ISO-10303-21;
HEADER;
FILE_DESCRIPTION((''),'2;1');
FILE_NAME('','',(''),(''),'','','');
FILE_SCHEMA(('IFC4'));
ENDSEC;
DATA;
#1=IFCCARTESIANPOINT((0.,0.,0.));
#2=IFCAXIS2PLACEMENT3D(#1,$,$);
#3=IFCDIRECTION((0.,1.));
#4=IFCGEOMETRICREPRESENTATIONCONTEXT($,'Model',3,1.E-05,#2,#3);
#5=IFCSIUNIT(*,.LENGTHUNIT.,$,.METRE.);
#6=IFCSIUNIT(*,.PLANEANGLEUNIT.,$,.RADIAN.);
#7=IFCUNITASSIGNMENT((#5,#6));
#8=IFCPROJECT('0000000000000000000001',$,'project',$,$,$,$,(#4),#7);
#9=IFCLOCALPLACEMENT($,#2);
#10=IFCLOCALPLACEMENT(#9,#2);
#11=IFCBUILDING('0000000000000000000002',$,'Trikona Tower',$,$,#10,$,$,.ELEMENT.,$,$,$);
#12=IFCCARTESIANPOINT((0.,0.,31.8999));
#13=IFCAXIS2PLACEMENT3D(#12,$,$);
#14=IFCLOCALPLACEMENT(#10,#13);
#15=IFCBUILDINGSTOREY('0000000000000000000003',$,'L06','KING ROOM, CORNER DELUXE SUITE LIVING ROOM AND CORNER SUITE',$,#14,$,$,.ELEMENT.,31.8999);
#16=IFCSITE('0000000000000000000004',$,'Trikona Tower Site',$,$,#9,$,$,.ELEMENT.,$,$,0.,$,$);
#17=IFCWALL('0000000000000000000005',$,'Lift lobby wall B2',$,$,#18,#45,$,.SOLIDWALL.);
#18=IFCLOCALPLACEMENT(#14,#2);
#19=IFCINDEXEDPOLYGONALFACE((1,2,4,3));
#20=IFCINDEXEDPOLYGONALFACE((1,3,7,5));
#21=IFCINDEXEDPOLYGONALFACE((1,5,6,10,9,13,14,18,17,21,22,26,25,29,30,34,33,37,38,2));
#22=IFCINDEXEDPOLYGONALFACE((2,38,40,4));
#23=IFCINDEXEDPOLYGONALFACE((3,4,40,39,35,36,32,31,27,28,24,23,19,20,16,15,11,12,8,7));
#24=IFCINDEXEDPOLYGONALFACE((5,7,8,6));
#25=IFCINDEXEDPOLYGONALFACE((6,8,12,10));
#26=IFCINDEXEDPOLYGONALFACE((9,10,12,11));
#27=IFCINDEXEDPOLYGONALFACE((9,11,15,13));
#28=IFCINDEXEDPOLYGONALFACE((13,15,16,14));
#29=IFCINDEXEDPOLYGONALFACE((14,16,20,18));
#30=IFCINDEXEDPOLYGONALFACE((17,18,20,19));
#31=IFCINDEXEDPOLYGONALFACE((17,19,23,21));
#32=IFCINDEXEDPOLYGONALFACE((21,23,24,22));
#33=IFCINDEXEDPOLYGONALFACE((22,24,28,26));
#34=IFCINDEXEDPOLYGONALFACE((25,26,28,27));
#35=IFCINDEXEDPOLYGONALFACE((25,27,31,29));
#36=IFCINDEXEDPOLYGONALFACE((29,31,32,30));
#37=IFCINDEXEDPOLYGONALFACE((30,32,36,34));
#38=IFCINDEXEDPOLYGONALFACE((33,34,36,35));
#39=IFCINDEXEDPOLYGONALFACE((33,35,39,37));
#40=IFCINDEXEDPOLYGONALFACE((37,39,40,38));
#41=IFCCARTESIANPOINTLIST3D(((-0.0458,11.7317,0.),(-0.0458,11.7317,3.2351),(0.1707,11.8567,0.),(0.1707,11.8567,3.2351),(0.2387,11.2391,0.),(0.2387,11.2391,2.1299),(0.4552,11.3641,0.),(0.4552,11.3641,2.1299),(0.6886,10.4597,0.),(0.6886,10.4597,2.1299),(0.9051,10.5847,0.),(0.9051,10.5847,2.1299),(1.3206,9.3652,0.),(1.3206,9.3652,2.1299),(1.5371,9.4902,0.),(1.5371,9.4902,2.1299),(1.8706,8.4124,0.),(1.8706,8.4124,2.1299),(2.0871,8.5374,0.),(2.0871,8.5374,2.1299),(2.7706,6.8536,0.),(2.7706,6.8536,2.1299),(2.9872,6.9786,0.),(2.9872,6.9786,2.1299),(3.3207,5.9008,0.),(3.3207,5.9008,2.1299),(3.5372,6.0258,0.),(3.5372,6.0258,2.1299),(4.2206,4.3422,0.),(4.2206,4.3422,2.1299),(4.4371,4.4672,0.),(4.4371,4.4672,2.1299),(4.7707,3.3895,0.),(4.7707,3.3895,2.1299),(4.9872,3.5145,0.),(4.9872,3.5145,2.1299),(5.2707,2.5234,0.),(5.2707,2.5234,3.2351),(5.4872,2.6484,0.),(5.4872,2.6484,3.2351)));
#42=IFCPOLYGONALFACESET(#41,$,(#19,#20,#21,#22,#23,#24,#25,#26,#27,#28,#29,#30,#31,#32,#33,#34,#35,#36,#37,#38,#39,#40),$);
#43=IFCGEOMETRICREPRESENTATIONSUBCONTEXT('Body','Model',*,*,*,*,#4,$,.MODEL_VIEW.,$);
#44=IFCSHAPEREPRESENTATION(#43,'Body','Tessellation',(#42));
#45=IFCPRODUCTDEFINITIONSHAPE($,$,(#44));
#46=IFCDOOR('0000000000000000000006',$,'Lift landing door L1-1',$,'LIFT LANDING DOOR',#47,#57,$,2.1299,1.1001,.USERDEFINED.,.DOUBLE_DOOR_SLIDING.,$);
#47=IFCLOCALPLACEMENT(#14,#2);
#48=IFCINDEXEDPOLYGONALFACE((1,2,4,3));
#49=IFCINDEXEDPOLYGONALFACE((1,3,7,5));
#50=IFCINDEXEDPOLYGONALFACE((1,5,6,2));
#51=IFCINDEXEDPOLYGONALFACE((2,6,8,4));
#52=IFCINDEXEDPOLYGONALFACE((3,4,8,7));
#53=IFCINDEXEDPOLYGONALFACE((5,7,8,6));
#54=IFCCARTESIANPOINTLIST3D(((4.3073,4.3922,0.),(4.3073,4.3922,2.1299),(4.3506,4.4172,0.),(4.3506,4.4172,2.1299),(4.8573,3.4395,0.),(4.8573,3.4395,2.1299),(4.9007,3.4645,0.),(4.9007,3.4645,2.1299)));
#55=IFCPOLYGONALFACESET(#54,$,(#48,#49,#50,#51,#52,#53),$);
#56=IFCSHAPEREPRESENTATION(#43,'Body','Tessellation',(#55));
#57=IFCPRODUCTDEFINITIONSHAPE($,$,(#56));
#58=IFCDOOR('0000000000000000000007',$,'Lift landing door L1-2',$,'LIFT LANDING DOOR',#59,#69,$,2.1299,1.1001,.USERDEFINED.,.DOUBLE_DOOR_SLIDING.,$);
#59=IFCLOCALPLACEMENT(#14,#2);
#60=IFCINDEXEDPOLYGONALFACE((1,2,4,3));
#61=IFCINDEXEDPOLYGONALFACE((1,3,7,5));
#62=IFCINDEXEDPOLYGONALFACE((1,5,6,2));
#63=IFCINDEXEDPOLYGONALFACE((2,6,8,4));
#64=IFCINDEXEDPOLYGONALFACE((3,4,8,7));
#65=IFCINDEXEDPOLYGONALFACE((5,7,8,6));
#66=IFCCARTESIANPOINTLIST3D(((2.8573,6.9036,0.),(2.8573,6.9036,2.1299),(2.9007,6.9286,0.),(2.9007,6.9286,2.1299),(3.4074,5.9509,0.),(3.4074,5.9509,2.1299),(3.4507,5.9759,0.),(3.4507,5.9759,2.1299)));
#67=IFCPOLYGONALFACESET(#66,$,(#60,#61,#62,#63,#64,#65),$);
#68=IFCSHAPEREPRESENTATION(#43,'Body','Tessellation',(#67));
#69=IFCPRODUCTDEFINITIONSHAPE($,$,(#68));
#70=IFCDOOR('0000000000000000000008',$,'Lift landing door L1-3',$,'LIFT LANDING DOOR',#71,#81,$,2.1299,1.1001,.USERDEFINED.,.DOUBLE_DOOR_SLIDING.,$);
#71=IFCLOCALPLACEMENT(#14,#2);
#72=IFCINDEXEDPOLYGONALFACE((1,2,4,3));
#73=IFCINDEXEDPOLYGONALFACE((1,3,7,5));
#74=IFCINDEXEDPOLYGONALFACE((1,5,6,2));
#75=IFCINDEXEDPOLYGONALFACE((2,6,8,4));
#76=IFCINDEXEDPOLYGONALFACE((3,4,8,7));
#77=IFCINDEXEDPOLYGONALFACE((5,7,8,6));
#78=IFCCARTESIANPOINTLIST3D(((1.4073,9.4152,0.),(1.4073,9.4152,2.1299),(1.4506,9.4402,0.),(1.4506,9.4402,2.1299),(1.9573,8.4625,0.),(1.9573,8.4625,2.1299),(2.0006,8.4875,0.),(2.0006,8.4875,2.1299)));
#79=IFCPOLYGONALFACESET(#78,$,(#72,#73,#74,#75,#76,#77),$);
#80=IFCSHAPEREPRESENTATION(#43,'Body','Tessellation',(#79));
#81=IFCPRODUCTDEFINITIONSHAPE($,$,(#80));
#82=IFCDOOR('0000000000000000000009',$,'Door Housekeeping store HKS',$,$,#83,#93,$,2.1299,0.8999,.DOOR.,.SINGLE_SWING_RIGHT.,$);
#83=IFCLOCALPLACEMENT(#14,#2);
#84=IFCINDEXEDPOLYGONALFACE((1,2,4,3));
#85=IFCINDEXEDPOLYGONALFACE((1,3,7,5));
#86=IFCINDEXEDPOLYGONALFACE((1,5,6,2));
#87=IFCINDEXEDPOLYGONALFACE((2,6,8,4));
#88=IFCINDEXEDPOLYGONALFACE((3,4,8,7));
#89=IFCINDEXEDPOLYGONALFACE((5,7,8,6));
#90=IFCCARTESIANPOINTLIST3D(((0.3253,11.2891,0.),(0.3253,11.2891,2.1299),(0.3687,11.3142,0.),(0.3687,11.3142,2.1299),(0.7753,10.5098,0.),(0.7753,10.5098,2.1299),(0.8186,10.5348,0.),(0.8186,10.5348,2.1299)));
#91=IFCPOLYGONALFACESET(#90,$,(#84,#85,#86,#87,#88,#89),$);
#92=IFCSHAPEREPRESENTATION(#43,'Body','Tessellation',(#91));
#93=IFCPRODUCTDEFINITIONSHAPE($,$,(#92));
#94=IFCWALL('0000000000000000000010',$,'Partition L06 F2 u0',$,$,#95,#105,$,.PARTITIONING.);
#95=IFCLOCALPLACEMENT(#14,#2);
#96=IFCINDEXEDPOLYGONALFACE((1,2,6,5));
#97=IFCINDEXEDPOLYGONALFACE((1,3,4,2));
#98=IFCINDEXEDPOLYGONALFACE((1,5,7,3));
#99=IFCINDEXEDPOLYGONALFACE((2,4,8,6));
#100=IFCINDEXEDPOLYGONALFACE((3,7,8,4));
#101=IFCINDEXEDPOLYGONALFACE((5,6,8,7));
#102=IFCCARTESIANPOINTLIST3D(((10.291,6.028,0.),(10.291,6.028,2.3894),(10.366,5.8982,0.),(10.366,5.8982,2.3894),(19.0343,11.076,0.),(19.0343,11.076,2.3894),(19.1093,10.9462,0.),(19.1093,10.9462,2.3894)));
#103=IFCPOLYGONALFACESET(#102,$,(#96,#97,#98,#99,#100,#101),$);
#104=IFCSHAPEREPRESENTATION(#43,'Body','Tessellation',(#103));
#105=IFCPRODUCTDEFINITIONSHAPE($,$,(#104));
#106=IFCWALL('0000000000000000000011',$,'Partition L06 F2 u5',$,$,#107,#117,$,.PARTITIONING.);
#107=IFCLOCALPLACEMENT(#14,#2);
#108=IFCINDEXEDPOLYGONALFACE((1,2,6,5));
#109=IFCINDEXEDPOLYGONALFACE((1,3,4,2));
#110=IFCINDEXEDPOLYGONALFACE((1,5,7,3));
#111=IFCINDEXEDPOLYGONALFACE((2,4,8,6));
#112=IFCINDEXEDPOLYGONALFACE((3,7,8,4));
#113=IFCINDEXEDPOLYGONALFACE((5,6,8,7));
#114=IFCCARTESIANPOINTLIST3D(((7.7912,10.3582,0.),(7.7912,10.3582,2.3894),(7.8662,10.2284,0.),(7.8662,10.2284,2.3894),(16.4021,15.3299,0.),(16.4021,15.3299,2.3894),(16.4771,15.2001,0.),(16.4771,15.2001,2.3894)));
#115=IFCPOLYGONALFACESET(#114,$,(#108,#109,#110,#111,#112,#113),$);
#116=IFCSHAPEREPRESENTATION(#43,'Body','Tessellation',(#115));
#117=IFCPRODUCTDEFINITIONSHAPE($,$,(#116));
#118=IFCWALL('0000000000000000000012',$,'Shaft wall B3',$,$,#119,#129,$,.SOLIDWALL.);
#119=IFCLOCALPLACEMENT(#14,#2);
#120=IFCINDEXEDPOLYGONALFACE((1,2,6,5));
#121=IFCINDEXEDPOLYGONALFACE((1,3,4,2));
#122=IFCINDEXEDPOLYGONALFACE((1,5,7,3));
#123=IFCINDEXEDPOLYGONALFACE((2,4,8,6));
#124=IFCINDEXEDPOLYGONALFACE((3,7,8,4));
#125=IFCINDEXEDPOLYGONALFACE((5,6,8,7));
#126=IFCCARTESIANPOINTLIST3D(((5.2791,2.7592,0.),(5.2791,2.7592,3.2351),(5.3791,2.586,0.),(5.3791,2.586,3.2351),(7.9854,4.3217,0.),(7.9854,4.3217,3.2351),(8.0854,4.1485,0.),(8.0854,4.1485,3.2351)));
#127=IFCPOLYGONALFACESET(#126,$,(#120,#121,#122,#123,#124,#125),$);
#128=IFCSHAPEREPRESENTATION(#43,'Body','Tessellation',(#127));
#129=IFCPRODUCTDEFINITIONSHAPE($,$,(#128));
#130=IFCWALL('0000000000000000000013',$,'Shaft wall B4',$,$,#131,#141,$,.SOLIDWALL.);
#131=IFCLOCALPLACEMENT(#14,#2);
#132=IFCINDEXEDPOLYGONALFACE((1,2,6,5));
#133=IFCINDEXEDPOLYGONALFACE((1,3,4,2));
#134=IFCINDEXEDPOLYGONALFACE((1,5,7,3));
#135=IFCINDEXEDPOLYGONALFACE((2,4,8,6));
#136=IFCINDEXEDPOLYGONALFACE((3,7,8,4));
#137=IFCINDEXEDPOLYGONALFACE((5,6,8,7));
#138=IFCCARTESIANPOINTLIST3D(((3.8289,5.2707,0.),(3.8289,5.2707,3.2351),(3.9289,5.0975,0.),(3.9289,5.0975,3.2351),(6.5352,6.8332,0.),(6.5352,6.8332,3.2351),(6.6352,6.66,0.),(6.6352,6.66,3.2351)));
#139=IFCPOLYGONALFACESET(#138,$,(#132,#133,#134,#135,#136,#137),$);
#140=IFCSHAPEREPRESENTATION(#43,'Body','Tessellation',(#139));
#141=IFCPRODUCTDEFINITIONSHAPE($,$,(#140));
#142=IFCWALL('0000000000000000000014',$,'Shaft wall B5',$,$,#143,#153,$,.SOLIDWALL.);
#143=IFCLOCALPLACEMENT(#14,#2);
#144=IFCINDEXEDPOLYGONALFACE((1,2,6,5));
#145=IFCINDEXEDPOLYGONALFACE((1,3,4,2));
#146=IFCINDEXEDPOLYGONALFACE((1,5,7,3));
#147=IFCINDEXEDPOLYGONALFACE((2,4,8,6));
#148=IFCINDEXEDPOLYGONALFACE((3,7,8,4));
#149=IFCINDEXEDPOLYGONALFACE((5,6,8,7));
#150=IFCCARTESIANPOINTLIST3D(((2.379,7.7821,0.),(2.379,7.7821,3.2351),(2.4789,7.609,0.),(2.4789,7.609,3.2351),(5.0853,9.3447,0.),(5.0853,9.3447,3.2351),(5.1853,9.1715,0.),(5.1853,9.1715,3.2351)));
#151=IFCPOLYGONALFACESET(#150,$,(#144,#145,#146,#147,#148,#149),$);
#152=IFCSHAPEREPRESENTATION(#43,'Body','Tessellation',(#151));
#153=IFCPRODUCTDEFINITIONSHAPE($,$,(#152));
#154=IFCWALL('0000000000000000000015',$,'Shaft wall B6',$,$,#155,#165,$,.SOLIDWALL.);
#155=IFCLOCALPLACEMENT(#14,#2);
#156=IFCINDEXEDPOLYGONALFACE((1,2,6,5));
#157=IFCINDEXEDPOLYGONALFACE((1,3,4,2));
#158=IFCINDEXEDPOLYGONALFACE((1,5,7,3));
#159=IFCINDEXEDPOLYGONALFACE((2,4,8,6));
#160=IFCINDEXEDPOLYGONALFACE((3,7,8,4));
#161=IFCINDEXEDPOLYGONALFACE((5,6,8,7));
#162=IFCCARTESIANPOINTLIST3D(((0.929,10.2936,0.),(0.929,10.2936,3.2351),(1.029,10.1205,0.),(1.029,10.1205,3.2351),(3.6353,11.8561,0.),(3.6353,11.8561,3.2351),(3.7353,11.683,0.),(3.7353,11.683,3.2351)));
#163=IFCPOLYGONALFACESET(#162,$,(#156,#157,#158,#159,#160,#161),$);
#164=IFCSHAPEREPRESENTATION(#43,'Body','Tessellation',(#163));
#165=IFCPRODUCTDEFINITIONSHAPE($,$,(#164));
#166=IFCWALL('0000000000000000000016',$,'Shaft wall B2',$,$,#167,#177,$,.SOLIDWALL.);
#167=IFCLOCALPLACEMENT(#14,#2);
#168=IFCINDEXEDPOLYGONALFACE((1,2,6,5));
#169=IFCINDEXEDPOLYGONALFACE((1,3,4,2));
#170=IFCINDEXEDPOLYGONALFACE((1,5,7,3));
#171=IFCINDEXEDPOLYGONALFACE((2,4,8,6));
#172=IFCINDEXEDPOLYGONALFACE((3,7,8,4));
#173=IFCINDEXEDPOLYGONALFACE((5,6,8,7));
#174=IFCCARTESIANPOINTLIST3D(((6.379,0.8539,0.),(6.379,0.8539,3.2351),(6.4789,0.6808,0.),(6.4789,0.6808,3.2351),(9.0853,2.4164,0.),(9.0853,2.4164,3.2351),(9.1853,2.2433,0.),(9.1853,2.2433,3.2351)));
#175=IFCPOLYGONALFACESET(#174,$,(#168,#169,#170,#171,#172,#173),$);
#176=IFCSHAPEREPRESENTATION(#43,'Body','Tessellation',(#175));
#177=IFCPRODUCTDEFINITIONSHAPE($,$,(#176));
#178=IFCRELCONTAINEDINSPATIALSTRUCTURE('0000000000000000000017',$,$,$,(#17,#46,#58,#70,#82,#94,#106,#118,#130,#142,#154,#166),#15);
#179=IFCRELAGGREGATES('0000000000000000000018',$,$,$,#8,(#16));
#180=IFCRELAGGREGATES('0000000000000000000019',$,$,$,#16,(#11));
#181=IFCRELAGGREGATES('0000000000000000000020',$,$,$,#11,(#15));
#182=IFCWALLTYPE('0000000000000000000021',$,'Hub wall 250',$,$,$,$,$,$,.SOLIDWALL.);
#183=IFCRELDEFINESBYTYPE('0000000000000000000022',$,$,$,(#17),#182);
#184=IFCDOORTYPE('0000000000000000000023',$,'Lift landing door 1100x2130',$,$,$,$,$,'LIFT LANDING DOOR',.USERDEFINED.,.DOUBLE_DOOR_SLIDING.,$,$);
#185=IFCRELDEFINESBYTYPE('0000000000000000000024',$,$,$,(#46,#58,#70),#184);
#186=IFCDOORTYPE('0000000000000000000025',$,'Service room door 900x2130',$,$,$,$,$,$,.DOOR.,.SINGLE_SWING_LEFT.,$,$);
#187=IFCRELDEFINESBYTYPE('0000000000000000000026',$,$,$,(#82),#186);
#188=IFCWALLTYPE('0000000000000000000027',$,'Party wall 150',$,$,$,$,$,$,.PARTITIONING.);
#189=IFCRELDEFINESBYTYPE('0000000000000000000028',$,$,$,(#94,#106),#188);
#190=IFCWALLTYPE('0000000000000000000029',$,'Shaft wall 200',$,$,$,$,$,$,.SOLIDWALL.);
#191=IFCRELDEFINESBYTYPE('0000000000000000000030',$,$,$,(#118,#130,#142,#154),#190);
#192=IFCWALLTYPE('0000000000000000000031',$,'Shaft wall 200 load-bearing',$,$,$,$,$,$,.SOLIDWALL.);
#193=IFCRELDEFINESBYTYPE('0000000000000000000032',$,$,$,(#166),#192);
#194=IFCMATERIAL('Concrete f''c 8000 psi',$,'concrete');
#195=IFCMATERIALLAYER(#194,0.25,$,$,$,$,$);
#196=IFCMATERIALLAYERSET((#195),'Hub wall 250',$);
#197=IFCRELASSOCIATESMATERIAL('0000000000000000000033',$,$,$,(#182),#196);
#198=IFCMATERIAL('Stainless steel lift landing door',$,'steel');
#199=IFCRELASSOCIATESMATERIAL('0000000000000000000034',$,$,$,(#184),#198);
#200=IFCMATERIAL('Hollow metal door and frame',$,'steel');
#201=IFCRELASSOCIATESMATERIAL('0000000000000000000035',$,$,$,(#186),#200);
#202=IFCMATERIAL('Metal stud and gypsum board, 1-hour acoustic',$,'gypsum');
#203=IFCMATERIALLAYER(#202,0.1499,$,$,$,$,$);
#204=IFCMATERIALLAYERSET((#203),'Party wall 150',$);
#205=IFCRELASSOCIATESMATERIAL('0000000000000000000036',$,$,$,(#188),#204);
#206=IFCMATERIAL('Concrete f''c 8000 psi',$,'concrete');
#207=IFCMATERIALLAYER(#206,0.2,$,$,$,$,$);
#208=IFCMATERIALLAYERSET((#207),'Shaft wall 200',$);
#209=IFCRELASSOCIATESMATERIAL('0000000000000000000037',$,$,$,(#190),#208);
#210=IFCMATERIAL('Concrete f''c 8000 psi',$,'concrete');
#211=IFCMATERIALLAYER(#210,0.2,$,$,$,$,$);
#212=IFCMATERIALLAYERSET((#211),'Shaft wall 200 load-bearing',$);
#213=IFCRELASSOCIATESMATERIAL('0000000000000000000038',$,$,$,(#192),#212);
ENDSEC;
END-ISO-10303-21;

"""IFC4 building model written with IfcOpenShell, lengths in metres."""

from ifc_helpers import new_model, si_unit, direction, frame, frame_2d, origin, place, context, subcontext, project, spatial, rectangle, extrude, material, layer, layer_set, type_object, element, fill, save


model = new_model("IFC4")

# Units and contexts
model_context = context("Model", 3, precision=1e-05, world=origin(), true_north=direction((0.0, 1.0)))
body_context = subcontext(model_context, "Body", "Model", "MODEL_VIEW")
ifc_project = project(units=[si_unit("LENGTHUNIT", "METRE"), si_unit("PLANEANGLEUNIT", "RADIAN")], contexts=[model_context])

# Site, building, storey
site_placement = place(None, origin())
site = spatial("IfcSite", under=ifc_project, at=site_placement, Name="Trikona Tower Site", CompositionType="ELEMENT", RefElevation=0.0)
building_placement = place(site_placement, origin())
building = spatial("IfcBuilding", under=site, at=building_placement, Name="Trikona Tower", CompositionType="ELEMENT")
storey_placement = place(building_placement, frame((0.0, 0.0, 31.8999)))
storey = spatial("IfcBuildingStorey", under=building, at=storey_placement, Name="L06", Description="KING ROOM, CORNER DELUXE SUITE LIVING ROOM AND CORNER SUITE", CompositionType="ELEMENT", Elevation=31.8999)

# Wall, openings, doors
ifc_material_1 = material(Name="Concrete f'c 8000 psi", Category="concrete")
ifc_layer_1 = layer(ifc_material_1, 0.25)
ifc_layer_set_1 = layer_set([ifc_layer_1], Name="Hub wall 250")
wall_type_1 = type_object("IfcWallType", Name="Hub wall 250", PredefinedType="SOLIDWALL", material=ifc_layer_set_1)
wall_1_placement = place(storey_placement, frame((5.3789, 2.5859, 0.0), z_axis=(0.0, 0.0, 1.0), x_axis=(-0.500001, 0.866025, 0.0)))
wall_1 = element("IfcWall", 1, at=wall_1_placement, inside=storey, type_object=wall_type_1, Name="Lift lobby wall B2", PredefinedType="SOLIDWALL", context=body_context, shape_type="SweptSolid", body=[
    extrude(rectangle(XDim=10.6328, YDim=0.25, at=frame_2d((5.3164, 0.0))), origin(), (0.0, 0.0, 1.0), 3.2351),
])
opening_1_placement = place(wall_1_placement, frame((9.1641, 0.0, 0.0)))
opening_1 = element("IfcOpeningElement", 2, at=opening_1_placement, cuts=wall_1, PredefinedType="OPENING", context=body_context, shape_type="SweptSolid", body=[
    extrude(rectangle(XDim=0.8999, YDim=2.1299, at=frame_2d((0.45, 1.0649))), frame((0.0, 0.135, 0.0), z_axis=(0.0, -1.0, 0.0), x_axis=(1.0, 0.0, 0.0)), (0.0, 0.0, 1.0), 0.27),
])
opening_2_placement = place(wall_1_placement, frame((1.0, 0.0, 0.0)))
opening_2 = element("IfcOpeningElement", 3, at=opening_2_placement, cuts=wall_1, PredefinedType="OPENING", context=body_context, shape_type="SweptSolid", body=[
    extrude(rectangle(XDim=1.1001, YDim=2.1299, at=frame_2d((0.55, 1.0649))), frame((0.0, 0.135, 0.0), z_axis=(0.0, -1.0, 0.0), x_axis=(1.0, 0.0, 0.0)), (0.0, 0.0, 1.0), 0.27),
])
opening_3_placement = place(wall_1_placement, frame((3.8999, 0.0, 0.0)))
opening_3 = element("IfcOpeningElement", 4, at=opening_3_placement, cuts=wall_1, PredefinedType="OPENING", context=body_context, shape_type="SweptSolid", body=[
    extrude(rectangle(XDim=1.1001, YDim=2.1299, at=frame_2d((0.55, 1.0649))), frame((0.0, 0.135, 0.0), z_axis=(0.0, -1.0, 0.0), x_axis=(1.0, 0.0, 0.0)), (0.0, 0.0, 1.0), 0.27),
])
opening_4_placement = place(wall_1_placement, frame((6.8, 0.0, 0.0)))
opening_4 = element("IfcOpeningElement", 5, at=opening_4_placement, cuts=wall_1, PredefinedType="OPENING", context=body_context, shape_type="SweptSolid", body=[
    extrude(rectangle(XDim=1.1001, YDim=2.1299, at=frame_2d((0.55, 1.0649))), frame((0.0, 0.135, 0.0), z_axis=(0.0, -1.0, 0.0), x_axis=(1.0, 0.0, 0.0)), (0.0, 0.0, 1.0), 0.27),
])
ifc_material_2 = material(Name="Stainless steel lift landing door", Category="steel")
door_type_1 = type_object("IfcDoorType", Name="Lift landing door 1100x2130", ElementType="LIFT LANDING DOOR", OperationType="DOUBLE_DOOR_SLIDING", PredefinedType="USERDEFINED", material=ifc_material_2)
door_1_placement = place(opening_2_placement, origin())
door_1 = element("IfcDoor", 6, at=door_1_placement, inside=storey, type_object=door_type_1, Name="Lift landing door L1-1", ObjectType="LIFT LANDING DOOR", OperationType="DOUBLE_DOOR_SLIDING", OverallHeight=2.1299, OverallWidth=1.1001, PredefinedType="USERDEFINED", context=body_context, shape_type="SweptSolid", body=[
    extrude(rectangle(XDim=1.1001, YDim=2.1299, at=frame_2d((0.55, 1.0649))), frame((0.0, 0.0249, 0.0), z_axis=(0.0, -1.0, 0.0), x_axis=(1.0, 0.0, 0.0)), (0.0, 0.0, 1.0), 0.05),
])
fill(opening_2, door_1)
door_2_placement = place(opening_3_placement, origin())
door_2 = element("IfcDoor", 7, at=door_2_placement, inside=storey, type_object=door_type_1, Name="Lift landing door L1-2", ObjectType="LIFT LANDING DOOR", OperationType="DOUBLE_DOOR_SLIDING", OverallHeight=2.1299, OverallWidth=1.1001, PredefinedType="USERDEFINED", context=body_context, shape_type="SweptSolid", body=[
    extrude(rectangle(XDim=1.1001, YDim=2.1299, at=frame_2d((0.55, 1.0649))), frame((0.0, 0.0249, 0.0), z_axis=(0.0, -1.0, 0.0), x_axis=(1.0, 0.0, 0.0)), (0.0, 0.0, 1.0), 0.05),
])
fill(opening_3, door_2)
door_3_placement = place(opening_4_placement, origin())
door_3 = element("IfcDoor", 8, at=door_3_placement, inside=storey, type_object=door_type_1, Name="Lift landing door L1-3", ObjectType="LIFT LANDING DOOR", OperationType="DOUBLE_DOOR_SLIDING", OverallHeight=2.1299, OverallWidth=1.1001, PredefinedType="USERDEFINED", context=body_context, shape_type="SweptSolid", body=[
    extrude(rectangle(XDim=1.1001, YDim=2.1299, at=frame_2d((0.55, 1.0649))), frame((0.0, 0.0249, 0.0), z_axis=(0.0, -1.0, 0.0), x_axis=(1.0, 0.0, 0.0)), (0.0, 0.0, 1.0), 0.05),
])
fill(opening_4, door_3)
ifc_material_3 = material(Name="Hollow metal door and frame", Category="steel")
door_type_2 = type_object("IfcDoorType", Name="Service room door 900x2130", OperationType="SINGLE_SWING_LEFT", PredefinedType="DOOR", material=ifc_material_3)
door_4_placement = place(opening_1_placement, origin())
door_4 = element("IfcDoor", 9, at=door_4_placement, inside=storey, type_object=door_type_2, Name="Door Housekeeping store HKS", OperationType="SINGLE_SWING_RIGHT", OverallHeight=2.1299, OverallWidth=0.8999, PredefinedType="DOOR", context=body_context, shape_type="SweptSolid", body=[
    extrude(rectangle(XDim=0.8999, YDim=2.1299, at=frame_2d((0.45, 1.0649))), frame((0.0, 0.0249, 0.0), z_axis=(0.0, -1.0, 0.0), x_axis=(1.0, 0.0, 0.0)), (0.0, 0.0, 1.0), 0.05),
])
fill(opening_1, door_4)

# Walls
ifc_material_4 = material(Name="Metal stud and gypsum board, 1-hour acoustic", Category="gypsum")
ifc_layer_2 = layer(ifc_material_4, 0.1499)
ifc_layer_set_2 = layer_set([ifc_layer_2], Name="Party wall 150")
wall_type_2 = type_object("IfcWallType", Name="Party wall 150", PredefinedType="PARTITIONING", material=ifc_layer_set_2)
wall_2_placement = place(storey_placement, frame((10.3286, 5.9631, 0.0), z_axis=(0.0, 0.0, 1.0), x_axis=(0.866022, 0.500006, 0.0)))
element("IfcWall", 10, at=wall_2_placement, inside=storey, type_object=wall_type_2, Name="Partition L06 F2 u0", PredefinedType="PARTITIONING", context=body_context, shape_type="SweptSolid", body=[
    extrude(rectangle(XDim=10.0959, YDim=0.1499, at=frame_2d((5.0479, 0.0))), origin(), (0.0, 0.0, 1.0), 2.3894),
])
wall_3_placement = place(storey_placement, frame((7.8286, 10.2932, 0.0), z_axis=(0.0, 0.0, 1.0), x_axis=(0.866016, 0.500016, 0.0)))
element("IfcWall", 11, at=wall_3_placement, inside=storey, type_object=wall_type_2, Name="Partition L06 F2 u5", PredefinedType="PARTITIONING", context=body_context, shape_type="SweptSolid", body=[
    extrude(rectangle(XDim=9.9431, YDim=0.1499, at=frame_2d((4.9717, 0.0))), origin(), (0.0, 0.0, 1.0), 2.3894),
])
ifc_material_5 = material(Name="Concrete f'c 8000 psi", Category="concrete")
ifc_layer_3 = layer(ifc_material_5, 0.2)
ifc_layer_set_3 = layer_set([ifc_layer_3], Name="Shaft wall 200")
wall_type_3 = type_object("IfcWallType", Name="Shaft wall 200", PredefinedType="SOLIDWALL", material=ifc_layer_set_3)
for number, where, z_axis, x_axis, name in (
    (12, (5.3291, 2.6726, 0.0), (0.0, 0.0, 1.0), (0.866023, 0.500004, 0.0), "Shaft wall B3"),
    (13, (3.8789, 5.1841, 0.0), (0.0, 0.0, 1.0), (0.866023, 0.500004, 0.0), "Shaft wall B4"),
    (14, (2.429, 7.6956, 0.0), (0.0, 0.0, 1.0), (0.866023, 0.500004, 0.0), "Shaft wall B5"),
    (15, (0.979, 10.207, 0.0), (0.0, 0.0, 1.0), (0.866023, 0.500004, 0.0), "Shaft wall B6"),
):
    element("IfcWall", number, at=place(storey_placement, frame(where, z_axis=z_axis, x_axis=x_axis)), inside=storey, type_object=wall_type_3, Name=name, PredefinedType="SOLIDWALL", context=body_context, shape_type="SweptSolid", body=[
        extrude(rectangle(XDim=3.125, YDim=0.2, at=frame_2d((1.5625, 0.0))), origin(), (0.0, 0.0, 1.0), 3.2351),
    ])
ifc_material_6 = material(Name="Concrete f'c 8000 psi", Category="concrete")
ifc_layer_4 = layer(ifc_material_6, 0.2)
ifc_layer_set_4 = layer_set([ifc_layer_4], Name="Shaft wall 200 load-bearing")
wall_type_4 = type_object("IfcWallType", Name="Shaft wall 200 load-bearing", PredefinedType="SOLIDWALL", material=ifc_layer_set_4)
wall_4_placement = place(storey_placement, frame((6.429, 0.7673, 0.0), z_axis=(0.0, 0.0, 1.0), x_axis=(0.866023, 0.500004, 0.0)))
element("IfcWall", 16, at=wall_4_placement, inside=storey, type_object=wall_type_4, Name="Shaft wall B2", PredefinedType="SOLIDWALL", context=body_context, shape_type="SweptSolid", body=[
    extrude(rectangle(XDim=3.125, YDim=0.2, at=frame_2d((1.5625, 0.0))), origin(), (0.0, 0.0, 1.0), 3.2351),
])

save(model, "model.ifc")
